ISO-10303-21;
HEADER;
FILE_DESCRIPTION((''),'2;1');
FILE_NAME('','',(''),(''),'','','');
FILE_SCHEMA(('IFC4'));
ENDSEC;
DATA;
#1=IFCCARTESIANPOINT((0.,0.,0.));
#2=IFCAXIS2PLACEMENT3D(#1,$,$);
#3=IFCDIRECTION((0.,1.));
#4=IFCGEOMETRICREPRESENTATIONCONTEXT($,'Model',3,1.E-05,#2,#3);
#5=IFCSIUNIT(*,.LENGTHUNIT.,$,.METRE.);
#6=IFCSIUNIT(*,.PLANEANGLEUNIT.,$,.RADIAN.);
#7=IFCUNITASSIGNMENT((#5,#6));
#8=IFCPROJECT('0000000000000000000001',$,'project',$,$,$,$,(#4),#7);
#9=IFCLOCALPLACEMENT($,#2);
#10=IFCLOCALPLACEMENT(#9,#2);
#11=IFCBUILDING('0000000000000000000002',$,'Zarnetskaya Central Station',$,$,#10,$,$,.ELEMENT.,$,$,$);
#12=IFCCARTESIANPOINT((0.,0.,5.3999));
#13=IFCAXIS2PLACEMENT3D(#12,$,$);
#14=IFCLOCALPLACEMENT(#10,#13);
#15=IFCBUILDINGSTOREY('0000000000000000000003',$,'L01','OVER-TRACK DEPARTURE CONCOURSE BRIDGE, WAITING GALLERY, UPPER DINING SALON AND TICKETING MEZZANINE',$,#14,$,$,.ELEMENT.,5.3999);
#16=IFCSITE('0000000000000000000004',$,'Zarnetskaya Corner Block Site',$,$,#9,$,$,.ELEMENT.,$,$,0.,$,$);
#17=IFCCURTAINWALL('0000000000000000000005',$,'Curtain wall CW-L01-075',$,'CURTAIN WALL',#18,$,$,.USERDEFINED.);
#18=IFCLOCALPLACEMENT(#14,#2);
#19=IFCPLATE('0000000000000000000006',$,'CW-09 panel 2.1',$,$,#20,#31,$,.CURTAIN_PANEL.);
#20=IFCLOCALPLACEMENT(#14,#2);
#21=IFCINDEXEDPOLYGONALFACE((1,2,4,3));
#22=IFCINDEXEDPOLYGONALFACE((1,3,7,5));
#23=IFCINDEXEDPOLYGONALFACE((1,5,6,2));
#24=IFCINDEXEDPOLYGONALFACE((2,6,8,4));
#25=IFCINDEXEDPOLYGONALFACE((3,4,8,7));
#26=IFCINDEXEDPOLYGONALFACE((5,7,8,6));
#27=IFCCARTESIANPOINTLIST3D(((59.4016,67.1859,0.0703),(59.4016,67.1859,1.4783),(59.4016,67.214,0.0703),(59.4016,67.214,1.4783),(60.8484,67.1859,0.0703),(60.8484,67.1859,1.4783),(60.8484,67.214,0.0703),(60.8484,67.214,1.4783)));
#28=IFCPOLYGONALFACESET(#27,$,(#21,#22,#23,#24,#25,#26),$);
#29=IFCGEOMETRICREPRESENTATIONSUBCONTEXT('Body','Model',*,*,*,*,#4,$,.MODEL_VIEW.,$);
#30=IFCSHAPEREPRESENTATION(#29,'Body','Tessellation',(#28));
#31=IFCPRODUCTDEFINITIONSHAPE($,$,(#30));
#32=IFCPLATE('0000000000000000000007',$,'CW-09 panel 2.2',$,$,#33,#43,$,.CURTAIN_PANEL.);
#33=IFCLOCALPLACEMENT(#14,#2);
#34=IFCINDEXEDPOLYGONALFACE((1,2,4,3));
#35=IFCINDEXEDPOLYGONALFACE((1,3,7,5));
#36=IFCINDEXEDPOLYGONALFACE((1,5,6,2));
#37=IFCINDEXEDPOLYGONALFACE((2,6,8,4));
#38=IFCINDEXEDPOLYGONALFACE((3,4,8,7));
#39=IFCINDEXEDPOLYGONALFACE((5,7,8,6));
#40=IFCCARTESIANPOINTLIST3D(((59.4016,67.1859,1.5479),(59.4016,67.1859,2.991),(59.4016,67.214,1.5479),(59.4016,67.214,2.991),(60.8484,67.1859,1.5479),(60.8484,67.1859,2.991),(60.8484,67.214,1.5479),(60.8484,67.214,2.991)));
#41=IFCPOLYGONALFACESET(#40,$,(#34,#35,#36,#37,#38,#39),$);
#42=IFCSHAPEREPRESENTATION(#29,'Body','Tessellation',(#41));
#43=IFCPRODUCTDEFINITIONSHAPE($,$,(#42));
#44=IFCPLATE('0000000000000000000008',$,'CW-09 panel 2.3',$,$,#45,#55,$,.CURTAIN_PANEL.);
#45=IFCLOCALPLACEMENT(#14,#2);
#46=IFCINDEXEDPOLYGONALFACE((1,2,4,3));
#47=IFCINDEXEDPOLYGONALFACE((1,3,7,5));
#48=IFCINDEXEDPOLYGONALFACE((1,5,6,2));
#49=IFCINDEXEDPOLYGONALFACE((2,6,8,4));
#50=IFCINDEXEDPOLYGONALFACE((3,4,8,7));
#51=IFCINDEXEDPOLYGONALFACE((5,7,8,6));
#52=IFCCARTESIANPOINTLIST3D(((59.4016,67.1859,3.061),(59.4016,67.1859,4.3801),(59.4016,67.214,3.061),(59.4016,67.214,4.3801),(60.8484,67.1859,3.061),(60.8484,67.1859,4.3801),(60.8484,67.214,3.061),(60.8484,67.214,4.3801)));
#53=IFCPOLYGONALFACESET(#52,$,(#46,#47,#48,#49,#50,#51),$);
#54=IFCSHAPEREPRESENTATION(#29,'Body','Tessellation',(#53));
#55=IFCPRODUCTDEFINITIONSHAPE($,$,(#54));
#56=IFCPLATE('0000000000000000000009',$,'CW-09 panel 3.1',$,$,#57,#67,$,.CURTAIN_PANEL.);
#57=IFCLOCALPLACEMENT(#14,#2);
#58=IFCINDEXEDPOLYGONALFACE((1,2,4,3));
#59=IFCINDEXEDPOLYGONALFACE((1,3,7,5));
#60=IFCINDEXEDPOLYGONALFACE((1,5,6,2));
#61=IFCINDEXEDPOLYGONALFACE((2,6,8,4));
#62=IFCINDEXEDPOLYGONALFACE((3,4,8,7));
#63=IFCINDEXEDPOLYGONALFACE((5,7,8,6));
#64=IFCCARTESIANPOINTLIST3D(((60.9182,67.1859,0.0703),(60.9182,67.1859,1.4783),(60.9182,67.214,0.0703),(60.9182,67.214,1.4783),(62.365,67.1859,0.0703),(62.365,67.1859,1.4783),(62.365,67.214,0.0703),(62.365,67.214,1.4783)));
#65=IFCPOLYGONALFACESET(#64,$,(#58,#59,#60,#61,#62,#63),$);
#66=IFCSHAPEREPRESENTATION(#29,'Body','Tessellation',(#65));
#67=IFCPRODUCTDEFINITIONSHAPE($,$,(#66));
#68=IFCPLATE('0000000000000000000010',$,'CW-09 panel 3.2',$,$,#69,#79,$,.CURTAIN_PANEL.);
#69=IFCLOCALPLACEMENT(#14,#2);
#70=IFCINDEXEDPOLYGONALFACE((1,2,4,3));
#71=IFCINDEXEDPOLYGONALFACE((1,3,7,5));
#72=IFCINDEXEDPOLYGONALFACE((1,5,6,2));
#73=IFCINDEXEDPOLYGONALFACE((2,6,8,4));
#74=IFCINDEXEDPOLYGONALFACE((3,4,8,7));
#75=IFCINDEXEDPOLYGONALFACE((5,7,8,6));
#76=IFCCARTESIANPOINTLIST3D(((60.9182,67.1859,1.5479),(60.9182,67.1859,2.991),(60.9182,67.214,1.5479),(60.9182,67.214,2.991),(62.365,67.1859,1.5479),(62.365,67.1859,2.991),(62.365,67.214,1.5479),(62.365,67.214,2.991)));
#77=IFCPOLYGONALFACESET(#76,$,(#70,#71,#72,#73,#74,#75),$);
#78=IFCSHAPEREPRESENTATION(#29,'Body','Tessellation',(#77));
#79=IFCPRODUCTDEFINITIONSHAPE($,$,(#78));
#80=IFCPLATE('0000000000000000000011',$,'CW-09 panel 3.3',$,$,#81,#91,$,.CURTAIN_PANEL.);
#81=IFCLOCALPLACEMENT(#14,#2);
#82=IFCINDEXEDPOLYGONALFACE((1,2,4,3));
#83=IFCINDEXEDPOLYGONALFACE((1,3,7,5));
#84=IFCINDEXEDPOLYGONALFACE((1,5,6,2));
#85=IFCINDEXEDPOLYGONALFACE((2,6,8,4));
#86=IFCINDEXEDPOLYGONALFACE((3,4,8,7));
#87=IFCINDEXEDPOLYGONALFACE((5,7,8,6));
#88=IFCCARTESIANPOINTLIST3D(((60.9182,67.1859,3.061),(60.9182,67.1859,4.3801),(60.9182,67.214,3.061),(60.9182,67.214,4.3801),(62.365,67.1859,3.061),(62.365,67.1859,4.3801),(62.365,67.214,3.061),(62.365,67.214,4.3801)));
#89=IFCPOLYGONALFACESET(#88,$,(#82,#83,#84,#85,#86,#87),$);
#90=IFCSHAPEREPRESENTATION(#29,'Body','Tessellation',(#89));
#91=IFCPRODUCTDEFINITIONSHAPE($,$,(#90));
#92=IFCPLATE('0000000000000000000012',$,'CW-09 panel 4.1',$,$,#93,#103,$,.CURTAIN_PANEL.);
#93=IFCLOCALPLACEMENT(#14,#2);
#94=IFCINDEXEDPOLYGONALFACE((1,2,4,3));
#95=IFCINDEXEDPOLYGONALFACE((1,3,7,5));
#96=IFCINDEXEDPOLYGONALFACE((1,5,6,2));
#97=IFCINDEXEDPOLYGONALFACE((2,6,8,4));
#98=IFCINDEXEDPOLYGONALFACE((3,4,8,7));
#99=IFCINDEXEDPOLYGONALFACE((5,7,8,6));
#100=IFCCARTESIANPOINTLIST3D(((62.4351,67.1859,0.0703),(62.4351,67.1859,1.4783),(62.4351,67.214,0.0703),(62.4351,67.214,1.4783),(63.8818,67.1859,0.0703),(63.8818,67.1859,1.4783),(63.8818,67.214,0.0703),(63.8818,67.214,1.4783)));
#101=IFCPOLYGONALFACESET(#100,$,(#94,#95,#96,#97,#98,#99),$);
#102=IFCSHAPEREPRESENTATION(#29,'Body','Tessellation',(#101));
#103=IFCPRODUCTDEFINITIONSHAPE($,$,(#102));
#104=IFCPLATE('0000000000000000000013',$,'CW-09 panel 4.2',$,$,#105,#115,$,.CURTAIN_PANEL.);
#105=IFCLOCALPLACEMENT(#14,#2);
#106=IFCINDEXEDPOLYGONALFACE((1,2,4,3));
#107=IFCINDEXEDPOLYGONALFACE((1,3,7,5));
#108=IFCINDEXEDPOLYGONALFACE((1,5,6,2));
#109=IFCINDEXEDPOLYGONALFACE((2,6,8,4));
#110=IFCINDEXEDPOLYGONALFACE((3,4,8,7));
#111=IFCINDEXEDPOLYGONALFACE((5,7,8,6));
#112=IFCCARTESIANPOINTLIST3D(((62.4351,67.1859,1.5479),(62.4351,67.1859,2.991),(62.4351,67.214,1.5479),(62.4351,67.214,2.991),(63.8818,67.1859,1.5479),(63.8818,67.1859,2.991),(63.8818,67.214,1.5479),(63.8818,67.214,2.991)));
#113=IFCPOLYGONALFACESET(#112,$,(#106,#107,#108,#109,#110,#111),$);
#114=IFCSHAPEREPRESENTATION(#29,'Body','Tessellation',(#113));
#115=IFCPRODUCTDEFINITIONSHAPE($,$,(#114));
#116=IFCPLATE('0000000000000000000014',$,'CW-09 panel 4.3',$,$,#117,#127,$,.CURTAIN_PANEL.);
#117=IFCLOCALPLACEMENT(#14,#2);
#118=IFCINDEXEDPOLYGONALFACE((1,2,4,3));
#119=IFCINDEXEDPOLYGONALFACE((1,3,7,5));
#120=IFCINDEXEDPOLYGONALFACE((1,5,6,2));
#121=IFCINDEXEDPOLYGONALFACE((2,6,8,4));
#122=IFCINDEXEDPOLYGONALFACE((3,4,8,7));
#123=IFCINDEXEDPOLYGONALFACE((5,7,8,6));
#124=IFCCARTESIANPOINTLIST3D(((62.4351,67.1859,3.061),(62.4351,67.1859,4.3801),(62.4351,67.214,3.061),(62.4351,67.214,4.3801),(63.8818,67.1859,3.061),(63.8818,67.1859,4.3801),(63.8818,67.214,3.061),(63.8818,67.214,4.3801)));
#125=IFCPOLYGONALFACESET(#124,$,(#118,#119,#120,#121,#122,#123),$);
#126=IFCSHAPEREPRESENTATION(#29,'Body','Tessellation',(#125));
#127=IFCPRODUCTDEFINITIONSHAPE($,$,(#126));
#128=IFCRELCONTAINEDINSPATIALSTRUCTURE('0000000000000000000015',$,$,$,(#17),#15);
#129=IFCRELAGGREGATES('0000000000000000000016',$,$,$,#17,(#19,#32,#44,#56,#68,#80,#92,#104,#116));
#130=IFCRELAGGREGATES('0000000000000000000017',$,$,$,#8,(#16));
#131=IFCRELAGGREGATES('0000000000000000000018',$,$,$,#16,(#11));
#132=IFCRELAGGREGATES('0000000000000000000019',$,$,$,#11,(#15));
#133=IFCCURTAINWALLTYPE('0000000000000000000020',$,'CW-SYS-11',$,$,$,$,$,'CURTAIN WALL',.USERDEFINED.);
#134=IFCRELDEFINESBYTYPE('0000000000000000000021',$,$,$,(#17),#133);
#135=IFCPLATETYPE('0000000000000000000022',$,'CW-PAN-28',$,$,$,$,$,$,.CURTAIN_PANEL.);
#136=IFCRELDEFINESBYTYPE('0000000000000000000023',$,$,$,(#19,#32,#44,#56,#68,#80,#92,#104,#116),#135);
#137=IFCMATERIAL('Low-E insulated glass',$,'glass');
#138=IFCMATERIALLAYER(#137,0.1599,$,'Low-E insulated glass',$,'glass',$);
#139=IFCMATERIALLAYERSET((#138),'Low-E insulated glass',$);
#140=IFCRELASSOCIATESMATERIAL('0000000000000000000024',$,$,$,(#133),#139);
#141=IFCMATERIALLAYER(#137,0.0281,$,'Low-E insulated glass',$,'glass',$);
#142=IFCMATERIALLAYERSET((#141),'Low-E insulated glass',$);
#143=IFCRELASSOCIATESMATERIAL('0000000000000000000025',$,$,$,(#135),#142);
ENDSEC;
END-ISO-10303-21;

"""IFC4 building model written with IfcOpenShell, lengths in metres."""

from ifc_helpers import new_model, si_unit, direction, frame, origin, origin_2d, place, context, subcontext, project, spatial, rectangle, extrude, material, layer, layer_set, type_object, element, aggregate, save


model = new_model("IFC4")

# Units and contexts
model_context = context("Model", 3, precision=1e-05, world=origin(), true_north=direction((0.0, 1.0)))
body_context = subcontext(model_context, "Body", "Model", "MODEL_VIEW")
ifc_project = project(units=[si_unit("LENGTHUNIT", "METRE"), si_unit("PLANEANGLEUNIT", "RADIAN")], contexts=[model_context])

# Site, building, storey
site_placement = place(None, origin())
site = spatial("IfcSite", under=ifc_project, at=site_placement, Name="Zarnetskaya Corner Block Site", CompositionType="ELEMENT", RefElevation=0.0)
building_placement = place(site_placement, origin())
building = spatial("IfcBuilding", under=site, at=building_placement, Name="Zarnetskaya Central Station", CompositionType="ELEMENT")
storey_placement = place(building_placement, frame((0.0, 0.0, 5.3999)))
storey = spatial("IfcBuildingStorey", under=building, at=storey_placement, Name="L01", Description="OVER-TRACK DEPARTURE CONCOURSE BRIDGE, WAITING GALLERY, UPPER DINING SALON AND TICKETING MEZZANINE", CompositionType="ELEMENT", Elevation=5.3999)

# Curtain wall
ifc_material_1 = material(Name="Low-E insulated glass", Category="glass")
ifc_layer_1 = layer(ifc_material_1, 0.1599, Name="Low-E insulated glass", Category="glass")
ifc_layer_set_1 = layer_set([ifc_layer_1], Name="Low-E insulated glass")
curtain_wall_type = type_object("IfcCurtainWallType", Name="CW-SYS-11", ElementType="CURTAIN WALL", PredefinedType="USERDEFINED", material=ifc_layer_set_1)
curtain_wall_placement = place(storey_placement, origin())
curtain_wall = element("IfcCurtainWall", 1, at=curtain_wall_placement, inside=storey, type_object=curtain_wall_type, Name="Curtain wall CW-L01-075", ObjectType="CURTAIN WALL", PredefinedType="USERDEFINED")

# Plates
ifc_layer_2 = layer(ifc_material_1, 0.0281, Name="Low-E insulated glass", Category="glass")
ifc_layer_set_2 = layer_set([ifc_layer_2], Name="Low-E insulated glass")
plate_type = type_object("IfcPlateType", Name="CW-PAN-28", PredefinedType="CURTAIN_PANEL", material=ifc_layer_set_2)
plate_1_placement = place(storey_placement, frame((60.125, 67.2, 0.0703), z_axis=(0.0, 0.0, 1.0), x_axis=(1.0, 0.0, 0.0)))
plate_1 = element("IfcPlate", 2, at=plate_1_placement, type_object=plate_type, Name="CW-09 panel 2.1", PredefinedType="CURTAIN_PANEL", context=body_context, shape_type="SweptSolid", body=[
    extrude(rectangle(XDim=1.4468, YDim=0.0281, at=origin_2d()), origin(), (0.0, 0.0, 1.0), 1.408),
])
plate_2_placement = place(storey_placement, frame((60.125, 67.2, 1.5479), z_axis=(0.0, 0.0, 1.0), x_axis=(1.0, 0.0, 0.0)))
plate_2 = element("IfcPlate", 3, at=plate_2_placement, type_object=plate_type, Name="CW-09 panel 2.2", PredefinedType="CURTAIN_PANEL", context=body_context, shape_type="SweptSolid", body=[
    extrude(rectangle(XDim=1.4468, YDim=0.0281, at=origin_2d()), origin(), (0.0, 0.0, 1.0), 1.4431),
])
plate_3_placement = place(storey_placement, frame((60.125, 67.2, 3.061), z_axis=(0.0, 0.0, 1.0), x_axis=(1.0, 0.0, 0.0)))
plate_3 = element("IfcPlate", 4, at=plate_3_placement, type_object=plate_type, Name="CW-09 panel 2.3", PredefinedType="CURTAIN_PANEL", context=body_context, shape_type="SweptSolid", body=[
    extrude(rectangle(XDim=1.4468, YDim=0.0281, at=origin_2d()), origin(), (0.0, 0.0, 1.0), 1.3191),
])
plate_4_placement = place(storey_placement, frame((61.6416, 67.2, 0.0703), z_axis=(0.0, 0.0, 1.0), x_axis=(1.0, 0.0, 0.0)))
plate_4 = element("IfcPlate", 5, at=plate_4_placement, type_object=plate_type, Name="CW-09 panel 3.1", PredefinedType="CURTAIN_PANEL", context=body_context, shape_type="SweptSolid", body=[
    extrude(rectangle(XDim=1.4468, YDim=0.0281, at=origin_2d()), origin(), (0.0, 0.0, 1.0), 1.408),
])
plate_5_placement = place(storey_placement, frame((61.6416, 67.2, 1.5479), z_axis=(0.0, 0.0, 1.0), x_axis=(1.0, 0.0, 0.0)))
plate_5 = element("IfcPlate", 6, at=plate_5_placement, type_object=plate_type, Name="CW-09 panel 3.2", PredefinedType="CURTAIN_PANEL", context=body_context, shape_type="SweptSolid", body=[
    extrude(rectangle(XDim=1.4468, YDim=0.0281, at=origin_2d()), origin(), (0.0, 0.0, 1.0), 1.4431),
])
plate_6_placement = place(storey_placement, frame((61.6416, 67.2, 3.061), z_axis=(0.0, 0.0, 1.0), x_axis=(1.0, 0.0, 0.0)))
plate_6 = element("IfcPlate", 7, at=plate_6_placement, type_object=plate_type, Name="CW-09 panel 3.3", PredefinedType="CURTAIN_PANEL", context=body_context, shape_type="SweptSolid", body=[
    extrude(rectangle(XDim=1.4468, YDim=0.0281, at=origin_2d()), origin(), (0.0, 0.0, 1.0), 1.3191),
])
plate_7_placement = place(storey_placement, frame((63.1584, 67.2, 0.0703), z_axis=(0.0, 0.0, 1.0), x_axis=(1.0, 0.0, 0.0)))
plate_7 = element("IfcPlate", 8, at=plate_7_placement, type_object=plate_type, Name="CW-09 panel 4.1", PredefinedType="CURTAIN_PANEL", context=body_context, shape_type="SweptSolid", body=[
    extrude(rectangle(XDim=1.4468, YDim=0.0281, at=origin_2d()), origin(), (0.0, 0.0, 1.0), 1.408),
])
plate_8_placement = place(storey_placement, frame((63.1584, 67.2, 1.5479), z_axis=(0.0, 0.0, 1.0), x_axis=(1.0, 0.0, 0.0)))
plate_8 = element("IfcPlate", 9, at=plate_8_placement, type_object=plate_type, Name="CW-09 panel 4.2", PredefinedType="CURTAIN_PANEL", context=body_context, shape_type="SweptSolid", body=[
    extrude(rectangle(XDim=1.4468, YDim=0.0281, at=origin_2d()), origin(), (0.0, 0.0, 1.0), 1.4431),
])
plate_9_placement = place(storey_placement, frame((63.1584, 67.2, 3.061), z_axis=(0.0, 0.0, 1.0), x_axis=(1.0, 0.0, 0.0)))
plate_9 = element("IfcPlate", 10, at=plate_9_placement, type_object=plate_type, Name="CW-09 panel 4.3", PredefinedType="CURTAIN_PANEL", context=body_context, shape_type="SweptSolid", body=[
    extrude(rectangle(XDim=1.4468, YDim=0.0281, at=origin_2d()), origin(), (0.0, 0.0, 1.0), 1.3191),
])
aggregate(curtain_wall, [plate_1, plate_2, plate_3, plate_4, plate_5, plate_6, plate_7, plate_8, plate_9])

save(model, "model.ifc")
